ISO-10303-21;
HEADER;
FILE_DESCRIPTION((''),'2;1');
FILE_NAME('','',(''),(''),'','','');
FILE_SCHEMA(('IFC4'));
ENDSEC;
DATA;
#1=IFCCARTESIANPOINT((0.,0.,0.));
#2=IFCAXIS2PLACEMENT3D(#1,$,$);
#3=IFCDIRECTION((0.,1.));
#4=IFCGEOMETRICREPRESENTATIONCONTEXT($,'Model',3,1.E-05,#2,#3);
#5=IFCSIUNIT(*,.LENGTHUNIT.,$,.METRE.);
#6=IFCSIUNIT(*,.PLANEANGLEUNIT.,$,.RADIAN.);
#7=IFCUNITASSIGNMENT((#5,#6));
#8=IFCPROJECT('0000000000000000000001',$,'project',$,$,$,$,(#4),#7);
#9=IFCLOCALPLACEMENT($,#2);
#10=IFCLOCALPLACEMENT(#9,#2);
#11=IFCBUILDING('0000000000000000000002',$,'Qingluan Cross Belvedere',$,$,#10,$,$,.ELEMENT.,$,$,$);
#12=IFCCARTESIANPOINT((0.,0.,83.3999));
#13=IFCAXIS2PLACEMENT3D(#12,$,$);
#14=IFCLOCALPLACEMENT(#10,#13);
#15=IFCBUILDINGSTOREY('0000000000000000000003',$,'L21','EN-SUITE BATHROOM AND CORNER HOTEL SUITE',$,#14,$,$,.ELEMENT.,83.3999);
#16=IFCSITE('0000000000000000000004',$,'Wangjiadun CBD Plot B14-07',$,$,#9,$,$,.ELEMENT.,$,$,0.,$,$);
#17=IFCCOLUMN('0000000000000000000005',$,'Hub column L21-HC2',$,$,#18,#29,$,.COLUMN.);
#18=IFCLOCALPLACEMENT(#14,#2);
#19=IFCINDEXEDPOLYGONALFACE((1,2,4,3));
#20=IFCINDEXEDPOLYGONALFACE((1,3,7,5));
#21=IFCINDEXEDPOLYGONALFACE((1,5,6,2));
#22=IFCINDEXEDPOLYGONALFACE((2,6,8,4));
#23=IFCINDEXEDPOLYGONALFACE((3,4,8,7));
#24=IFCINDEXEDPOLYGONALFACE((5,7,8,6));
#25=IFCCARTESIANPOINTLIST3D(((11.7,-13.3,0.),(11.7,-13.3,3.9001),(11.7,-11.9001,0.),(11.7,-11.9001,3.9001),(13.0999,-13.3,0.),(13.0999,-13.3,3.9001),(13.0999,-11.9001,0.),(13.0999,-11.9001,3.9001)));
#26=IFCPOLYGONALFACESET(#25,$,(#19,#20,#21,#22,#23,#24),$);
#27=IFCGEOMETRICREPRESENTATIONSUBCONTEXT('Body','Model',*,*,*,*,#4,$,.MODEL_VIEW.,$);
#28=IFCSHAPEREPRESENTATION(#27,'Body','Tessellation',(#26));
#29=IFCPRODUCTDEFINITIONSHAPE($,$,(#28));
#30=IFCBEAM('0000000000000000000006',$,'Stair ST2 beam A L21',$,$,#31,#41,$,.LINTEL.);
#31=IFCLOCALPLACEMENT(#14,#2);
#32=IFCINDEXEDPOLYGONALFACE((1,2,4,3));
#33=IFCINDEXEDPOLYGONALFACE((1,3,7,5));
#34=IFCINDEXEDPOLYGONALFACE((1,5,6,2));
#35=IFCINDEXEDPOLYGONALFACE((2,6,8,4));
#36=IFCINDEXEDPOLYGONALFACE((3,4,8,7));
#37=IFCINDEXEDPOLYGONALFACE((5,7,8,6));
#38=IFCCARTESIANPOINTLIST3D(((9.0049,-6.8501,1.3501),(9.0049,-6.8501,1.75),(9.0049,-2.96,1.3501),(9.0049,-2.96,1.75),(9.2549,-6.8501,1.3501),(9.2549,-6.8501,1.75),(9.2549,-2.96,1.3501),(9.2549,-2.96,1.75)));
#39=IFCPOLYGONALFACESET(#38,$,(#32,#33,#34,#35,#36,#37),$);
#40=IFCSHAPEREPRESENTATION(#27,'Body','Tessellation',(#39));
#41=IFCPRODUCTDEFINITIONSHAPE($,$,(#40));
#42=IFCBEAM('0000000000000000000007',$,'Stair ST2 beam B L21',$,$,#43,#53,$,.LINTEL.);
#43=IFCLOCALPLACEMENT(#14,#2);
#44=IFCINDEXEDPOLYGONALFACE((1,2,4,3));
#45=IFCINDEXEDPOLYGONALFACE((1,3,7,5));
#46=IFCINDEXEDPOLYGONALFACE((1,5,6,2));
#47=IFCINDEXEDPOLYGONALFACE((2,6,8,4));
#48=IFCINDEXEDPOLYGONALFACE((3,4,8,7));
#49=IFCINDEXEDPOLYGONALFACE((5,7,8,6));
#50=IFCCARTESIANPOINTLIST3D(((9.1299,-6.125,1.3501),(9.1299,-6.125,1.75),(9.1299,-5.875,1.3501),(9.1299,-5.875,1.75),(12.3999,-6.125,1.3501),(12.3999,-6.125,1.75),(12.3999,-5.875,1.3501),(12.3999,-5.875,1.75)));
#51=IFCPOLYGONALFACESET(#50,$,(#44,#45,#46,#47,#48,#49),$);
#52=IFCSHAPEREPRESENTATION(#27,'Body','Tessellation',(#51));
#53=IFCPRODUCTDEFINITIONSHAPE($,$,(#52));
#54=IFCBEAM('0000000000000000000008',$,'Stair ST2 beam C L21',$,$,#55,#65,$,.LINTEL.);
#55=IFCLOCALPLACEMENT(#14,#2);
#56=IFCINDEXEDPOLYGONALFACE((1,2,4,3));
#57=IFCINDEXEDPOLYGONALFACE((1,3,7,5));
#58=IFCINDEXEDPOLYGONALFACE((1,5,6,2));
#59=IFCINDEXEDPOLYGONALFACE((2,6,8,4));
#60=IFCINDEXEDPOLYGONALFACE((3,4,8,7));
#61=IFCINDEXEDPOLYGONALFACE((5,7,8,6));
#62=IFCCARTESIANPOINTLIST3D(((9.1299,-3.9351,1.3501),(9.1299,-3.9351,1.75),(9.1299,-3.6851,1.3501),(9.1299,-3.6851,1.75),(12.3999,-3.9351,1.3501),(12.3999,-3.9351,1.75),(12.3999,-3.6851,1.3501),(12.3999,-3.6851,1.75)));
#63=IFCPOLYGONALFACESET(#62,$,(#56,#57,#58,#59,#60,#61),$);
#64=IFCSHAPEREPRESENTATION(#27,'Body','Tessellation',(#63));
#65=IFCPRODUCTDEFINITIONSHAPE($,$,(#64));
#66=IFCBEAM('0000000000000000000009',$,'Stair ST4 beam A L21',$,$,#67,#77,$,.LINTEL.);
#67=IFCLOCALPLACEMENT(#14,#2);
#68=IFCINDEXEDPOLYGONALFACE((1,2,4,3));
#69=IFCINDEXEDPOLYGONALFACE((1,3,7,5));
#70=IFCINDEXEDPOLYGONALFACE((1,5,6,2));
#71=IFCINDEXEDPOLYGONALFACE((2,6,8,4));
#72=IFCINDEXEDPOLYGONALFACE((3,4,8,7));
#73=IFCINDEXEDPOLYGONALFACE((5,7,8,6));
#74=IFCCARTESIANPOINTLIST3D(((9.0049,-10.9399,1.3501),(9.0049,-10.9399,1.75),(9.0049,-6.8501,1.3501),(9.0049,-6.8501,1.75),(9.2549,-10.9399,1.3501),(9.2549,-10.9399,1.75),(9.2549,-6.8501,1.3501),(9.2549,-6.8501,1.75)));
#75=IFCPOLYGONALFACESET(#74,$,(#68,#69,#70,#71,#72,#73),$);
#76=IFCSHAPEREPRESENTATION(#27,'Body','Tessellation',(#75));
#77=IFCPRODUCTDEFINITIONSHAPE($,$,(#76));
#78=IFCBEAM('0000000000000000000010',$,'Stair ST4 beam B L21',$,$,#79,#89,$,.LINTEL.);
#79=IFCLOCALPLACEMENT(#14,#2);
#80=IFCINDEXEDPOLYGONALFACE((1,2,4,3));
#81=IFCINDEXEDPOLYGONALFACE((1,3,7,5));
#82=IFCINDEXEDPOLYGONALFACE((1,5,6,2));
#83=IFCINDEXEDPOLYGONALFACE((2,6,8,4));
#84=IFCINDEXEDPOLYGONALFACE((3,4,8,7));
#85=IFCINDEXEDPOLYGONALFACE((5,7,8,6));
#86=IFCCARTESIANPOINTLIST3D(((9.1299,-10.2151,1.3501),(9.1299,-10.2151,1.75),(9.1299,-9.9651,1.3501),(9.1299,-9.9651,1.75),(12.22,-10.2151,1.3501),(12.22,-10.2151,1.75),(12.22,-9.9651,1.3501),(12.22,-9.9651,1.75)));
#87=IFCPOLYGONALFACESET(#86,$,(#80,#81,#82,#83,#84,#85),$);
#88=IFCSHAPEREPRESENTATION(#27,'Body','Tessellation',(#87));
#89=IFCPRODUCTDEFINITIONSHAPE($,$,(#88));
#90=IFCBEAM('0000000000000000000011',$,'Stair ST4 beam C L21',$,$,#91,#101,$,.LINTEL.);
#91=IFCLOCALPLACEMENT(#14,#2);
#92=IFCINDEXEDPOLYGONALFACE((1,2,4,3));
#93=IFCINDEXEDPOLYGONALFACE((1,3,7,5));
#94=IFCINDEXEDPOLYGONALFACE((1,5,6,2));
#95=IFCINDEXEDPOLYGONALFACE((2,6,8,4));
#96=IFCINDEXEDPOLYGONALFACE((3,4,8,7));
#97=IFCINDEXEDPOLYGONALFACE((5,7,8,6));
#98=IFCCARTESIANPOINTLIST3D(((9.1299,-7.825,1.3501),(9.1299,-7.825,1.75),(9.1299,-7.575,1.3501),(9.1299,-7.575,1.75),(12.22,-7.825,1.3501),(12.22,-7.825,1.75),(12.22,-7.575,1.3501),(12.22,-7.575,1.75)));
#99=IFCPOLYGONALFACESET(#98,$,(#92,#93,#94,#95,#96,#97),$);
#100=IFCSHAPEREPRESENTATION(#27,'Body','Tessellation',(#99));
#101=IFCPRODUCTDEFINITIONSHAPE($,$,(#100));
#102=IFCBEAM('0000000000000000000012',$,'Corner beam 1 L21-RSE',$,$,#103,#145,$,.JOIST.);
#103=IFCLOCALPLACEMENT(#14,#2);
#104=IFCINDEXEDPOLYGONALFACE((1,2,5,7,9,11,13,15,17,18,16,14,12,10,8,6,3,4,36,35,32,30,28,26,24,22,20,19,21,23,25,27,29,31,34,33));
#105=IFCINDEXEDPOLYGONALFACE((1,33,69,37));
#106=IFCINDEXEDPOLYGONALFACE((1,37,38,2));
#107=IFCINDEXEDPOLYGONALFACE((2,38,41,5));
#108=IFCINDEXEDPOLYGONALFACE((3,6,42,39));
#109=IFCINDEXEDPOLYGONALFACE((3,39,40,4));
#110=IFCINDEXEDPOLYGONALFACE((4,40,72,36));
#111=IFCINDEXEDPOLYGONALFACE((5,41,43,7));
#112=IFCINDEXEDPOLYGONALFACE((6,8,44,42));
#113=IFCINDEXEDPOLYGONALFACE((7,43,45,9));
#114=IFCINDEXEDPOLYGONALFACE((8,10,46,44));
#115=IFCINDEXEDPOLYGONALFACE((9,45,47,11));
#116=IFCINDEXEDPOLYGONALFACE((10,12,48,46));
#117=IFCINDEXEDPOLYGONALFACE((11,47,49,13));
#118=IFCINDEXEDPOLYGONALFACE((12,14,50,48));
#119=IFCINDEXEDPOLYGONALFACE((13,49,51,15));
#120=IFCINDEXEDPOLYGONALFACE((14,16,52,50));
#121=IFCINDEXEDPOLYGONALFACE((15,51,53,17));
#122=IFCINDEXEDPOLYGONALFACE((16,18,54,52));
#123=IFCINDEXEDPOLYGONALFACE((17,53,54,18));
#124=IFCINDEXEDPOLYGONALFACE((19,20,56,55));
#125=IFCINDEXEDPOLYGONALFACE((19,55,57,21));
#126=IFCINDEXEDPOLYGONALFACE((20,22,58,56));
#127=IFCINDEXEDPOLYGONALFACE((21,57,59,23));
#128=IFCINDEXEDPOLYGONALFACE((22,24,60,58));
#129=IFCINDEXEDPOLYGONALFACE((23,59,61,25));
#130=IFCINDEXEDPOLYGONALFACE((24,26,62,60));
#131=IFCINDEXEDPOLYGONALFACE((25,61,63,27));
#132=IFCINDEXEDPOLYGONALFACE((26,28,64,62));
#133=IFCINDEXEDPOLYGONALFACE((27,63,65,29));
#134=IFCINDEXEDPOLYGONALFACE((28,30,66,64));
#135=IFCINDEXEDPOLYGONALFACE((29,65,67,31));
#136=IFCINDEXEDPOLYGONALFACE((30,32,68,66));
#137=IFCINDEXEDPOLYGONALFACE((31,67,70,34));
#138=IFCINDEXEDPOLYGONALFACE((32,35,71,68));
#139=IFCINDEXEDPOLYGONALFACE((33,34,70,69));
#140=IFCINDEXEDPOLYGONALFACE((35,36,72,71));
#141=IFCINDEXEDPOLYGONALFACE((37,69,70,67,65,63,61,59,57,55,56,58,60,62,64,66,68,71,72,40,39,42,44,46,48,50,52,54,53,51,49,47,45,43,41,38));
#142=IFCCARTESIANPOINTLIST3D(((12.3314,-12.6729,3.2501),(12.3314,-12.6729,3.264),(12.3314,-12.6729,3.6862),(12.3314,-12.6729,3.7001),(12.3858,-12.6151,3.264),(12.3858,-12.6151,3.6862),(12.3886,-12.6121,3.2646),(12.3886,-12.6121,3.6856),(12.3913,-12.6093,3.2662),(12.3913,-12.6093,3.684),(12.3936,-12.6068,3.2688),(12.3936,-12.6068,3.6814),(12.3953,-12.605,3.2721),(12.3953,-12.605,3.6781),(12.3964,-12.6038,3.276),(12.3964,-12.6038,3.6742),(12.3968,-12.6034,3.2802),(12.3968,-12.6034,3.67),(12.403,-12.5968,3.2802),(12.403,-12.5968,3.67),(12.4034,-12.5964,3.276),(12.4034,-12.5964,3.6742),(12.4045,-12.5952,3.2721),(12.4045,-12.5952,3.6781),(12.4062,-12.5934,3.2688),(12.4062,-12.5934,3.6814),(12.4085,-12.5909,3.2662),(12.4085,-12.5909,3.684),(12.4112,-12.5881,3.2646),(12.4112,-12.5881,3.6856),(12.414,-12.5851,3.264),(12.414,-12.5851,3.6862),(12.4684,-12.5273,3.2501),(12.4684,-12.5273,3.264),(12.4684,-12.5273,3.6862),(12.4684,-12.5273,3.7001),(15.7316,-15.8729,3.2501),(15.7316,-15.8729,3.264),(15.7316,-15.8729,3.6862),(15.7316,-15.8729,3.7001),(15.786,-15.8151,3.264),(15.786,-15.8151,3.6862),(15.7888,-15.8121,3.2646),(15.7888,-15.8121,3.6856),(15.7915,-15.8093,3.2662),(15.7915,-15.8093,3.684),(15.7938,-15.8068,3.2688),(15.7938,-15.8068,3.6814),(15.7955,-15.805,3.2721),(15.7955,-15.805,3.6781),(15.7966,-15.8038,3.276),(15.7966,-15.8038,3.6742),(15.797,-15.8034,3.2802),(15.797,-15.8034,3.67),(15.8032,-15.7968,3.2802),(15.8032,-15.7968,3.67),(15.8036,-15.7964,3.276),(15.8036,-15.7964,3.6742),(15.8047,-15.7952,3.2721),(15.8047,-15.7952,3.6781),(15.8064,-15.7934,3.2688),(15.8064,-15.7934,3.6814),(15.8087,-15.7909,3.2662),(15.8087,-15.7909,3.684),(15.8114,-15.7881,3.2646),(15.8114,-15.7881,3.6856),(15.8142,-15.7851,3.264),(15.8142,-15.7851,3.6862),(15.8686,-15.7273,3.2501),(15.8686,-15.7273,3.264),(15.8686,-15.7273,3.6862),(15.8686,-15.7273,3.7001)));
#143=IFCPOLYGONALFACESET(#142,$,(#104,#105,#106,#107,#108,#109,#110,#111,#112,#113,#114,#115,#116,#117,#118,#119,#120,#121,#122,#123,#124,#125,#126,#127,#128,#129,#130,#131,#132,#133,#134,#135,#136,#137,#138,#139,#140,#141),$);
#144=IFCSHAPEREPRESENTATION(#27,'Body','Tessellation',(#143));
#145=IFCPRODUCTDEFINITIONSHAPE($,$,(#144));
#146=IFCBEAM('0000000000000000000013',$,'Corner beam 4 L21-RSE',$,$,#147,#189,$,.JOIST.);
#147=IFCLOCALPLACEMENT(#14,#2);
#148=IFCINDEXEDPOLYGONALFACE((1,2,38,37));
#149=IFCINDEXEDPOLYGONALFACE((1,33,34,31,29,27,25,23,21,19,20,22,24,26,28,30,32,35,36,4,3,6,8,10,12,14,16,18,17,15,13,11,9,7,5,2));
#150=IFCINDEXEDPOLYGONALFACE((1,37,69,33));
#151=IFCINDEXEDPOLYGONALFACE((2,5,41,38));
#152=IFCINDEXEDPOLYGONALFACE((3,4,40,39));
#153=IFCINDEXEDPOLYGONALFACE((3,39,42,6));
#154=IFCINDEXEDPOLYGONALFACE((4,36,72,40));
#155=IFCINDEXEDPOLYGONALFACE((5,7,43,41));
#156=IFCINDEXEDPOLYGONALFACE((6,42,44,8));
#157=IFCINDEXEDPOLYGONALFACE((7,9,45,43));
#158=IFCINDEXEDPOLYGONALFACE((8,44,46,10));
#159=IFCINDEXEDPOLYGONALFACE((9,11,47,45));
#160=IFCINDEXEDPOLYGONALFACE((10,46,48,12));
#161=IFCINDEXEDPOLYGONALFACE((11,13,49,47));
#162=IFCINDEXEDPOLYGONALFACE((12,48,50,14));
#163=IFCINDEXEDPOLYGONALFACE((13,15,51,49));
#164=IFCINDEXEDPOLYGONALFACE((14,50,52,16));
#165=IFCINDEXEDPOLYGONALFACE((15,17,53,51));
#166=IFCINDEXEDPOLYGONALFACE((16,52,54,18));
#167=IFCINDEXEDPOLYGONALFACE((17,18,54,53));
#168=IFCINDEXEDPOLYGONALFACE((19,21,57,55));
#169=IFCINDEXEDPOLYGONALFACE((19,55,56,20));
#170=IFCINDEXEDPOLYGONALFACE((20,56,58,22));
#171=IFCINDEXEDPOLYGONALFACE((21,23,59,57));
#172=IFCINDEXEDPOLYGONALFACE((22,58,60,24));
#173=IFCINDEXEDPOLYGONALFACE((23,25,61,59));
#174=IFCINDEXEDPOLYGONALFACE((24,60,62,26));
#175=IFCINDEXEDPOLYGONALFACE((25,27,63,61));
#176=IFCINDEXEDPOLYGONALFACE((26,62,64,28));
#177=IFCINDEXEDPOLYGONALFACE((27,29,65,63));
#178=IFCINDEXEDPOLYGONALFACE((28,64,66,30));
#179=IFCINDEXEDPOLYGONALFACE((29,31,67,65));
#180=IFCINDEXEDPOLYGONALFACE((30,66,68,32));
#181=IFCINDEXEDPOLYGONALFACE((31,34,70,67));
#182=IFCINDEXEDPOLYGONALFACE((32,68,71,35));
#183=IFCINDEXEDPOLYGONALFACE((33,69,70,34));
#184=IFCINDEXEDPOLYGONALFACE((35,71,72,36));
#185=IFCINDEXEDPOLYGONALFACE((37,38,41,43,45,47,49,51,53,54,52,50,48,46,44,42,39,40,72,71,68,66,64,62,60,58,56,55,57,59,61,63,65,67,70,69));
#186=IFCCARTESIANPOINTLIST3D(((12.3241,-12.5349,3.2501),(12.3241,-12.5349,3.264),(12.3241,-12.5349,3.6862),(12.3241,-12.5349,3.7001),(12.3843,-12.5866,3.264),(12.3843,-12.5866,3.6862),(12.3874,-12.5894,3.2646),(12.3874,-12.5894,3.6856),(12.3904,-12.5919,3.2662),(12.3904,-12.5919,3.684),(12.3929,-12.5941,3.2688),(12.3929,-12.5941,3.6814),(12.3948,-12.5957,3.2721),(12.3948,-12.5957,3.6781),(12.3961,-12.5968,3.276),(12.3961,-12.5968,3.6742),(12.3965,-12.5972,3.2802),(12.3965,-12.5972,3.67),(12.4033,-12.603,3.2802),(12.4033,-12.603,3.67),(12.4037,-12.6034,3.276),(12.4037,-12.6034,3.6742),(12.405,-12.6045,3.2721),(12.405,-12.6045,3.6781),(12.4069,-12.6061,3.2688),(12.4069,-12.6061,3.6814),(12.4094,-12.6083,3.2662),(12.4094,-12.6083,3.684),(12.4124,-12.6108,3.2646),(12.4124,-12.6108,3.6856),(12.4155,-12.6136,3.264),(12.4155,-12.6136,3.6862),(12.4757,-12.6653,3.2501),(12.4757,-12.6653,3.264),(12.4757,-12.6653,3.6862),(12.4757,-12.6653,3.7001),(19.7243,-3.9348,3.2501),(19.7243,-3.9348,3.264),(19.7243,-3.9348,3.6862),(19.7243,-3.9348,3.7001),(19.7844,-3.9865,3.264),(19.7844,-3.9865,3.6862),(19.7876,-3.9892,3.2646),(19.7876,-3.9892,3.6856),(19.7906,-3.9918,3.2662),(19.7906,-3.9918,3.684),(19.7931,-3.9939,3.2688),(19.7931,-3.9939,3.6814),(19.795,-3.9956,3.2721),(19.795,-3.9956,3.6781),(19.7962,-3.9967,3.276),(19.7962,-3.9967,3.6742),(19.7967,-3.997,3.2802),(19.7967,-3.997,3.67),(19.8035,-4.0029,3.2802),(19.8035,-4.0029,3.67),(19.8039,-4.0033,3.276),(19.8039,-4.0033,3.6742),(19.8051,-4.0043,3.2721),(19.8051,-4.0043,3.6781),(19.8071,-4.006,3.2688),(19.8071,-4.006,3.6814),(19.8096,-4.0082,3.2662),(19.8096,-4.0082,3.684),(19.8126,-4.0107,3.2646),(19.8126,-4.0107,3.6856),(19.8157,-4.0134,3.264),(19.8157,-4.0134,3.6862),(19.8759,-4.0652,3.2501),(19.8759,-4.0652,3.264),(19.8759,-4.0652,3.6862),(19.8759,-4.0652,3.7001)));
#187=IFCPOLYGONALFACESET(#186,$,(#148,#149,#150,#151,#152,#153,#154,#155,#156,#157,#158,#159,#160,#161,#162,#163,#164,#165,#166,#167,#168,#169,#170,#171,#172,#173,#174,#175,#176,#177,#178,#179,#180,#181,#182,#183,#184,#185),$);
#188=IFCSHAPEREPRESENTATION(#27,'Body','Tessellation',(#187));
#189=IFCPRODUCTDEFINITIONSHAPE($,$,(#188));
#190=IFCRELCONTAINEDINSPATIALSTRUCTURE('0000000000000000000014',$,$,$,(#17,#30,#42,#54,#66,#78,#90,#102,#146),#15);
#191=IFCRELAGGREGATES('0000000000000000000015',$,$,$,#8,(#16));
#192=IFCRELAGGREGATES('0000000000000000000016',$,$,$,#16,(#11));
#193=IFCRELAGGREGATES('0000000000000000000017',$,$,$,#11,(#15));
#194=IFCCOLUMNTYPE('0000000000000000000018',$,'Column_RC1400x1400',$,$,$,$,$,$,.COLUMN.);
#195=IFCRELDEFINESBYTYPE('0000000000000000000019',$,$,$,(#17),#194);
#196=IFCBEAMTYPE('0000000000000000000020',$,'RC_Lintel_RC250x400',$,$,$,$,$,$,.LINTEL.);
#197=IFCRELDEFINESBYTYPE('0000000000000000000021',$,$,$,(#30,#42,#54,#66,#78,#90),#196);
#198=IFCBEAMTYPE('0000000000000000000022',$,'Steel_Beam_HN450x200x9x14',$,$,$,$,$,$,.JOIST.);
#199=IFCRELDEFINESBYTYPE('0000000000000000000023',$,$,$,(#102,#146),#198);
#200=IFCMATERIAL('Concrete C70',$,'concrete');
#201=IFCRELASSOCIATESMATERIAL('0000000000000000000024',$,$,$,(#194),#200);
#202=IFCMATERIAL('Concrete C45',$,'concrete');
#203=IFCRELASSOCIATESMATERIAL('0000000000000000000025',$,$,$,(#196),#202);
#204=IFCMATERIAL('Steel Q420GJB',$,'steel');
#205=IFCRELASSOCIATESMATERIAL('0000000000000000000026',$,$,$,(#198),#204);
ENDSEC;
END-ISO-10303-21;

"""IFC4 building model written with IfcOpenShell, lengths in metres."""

from ifc_helpers import new_model, si_unit, direction, frame, origin, origin_2d, place, context, subcontext, project, spatial, rectangle, i_section, extrude, material, material_profile, profile_set, type_object, element, save


model = new_model("IFC4")

# Units and contexts
model_context = context("Model", 3, precision=1e-05, world=origin(), true_north=direction((0.0, 1.0)))
body_context = subcontext(model_context, "Body", "Model", "MODEL_VIEW")
ifc_project = project(units=[si_unit("LENGTHUNIT", "METRE"), si_unit("PLANEANGLEUNIT", "RADIAN")], contexts=[model_context])

# Site, building, storey
site_placement = place(None, origin())
site = spatial("IfcSite", under=ifc_project, at=site_placement, Name="Wangjiadun CBD Plot B14-07", CompositionType="ELEMENT", RefElevation=0.0)
building_placement = place(site_placement, origin())
building = spatial("IfcBuilding", under=site, at=building_placement, Name="Qingluan Cross Belvedere", CompositionType="ELEMENT")
storey_placement = place(building_placement, frame((0.0, 0.0, 83.3999)))
storey = spatial("IfcBuildingStorey", under=building, at=storey_placement, Name="L21", Description="EN-SUITE BATHROOM AND CORNER HOTEL SUITE", CompositionType="ELEMENT", Elevation=83.3999)

# Column
ifc_material_1 = material(Name="Concrete C70", Category="concrete")
ifc_material_profile_1 = material_profile(ifc_material_1, rectangle(XDim=1.3999, YDim=1.3999, at=origin_2d()), Name="RC1400x1400")
ifc_profile_set_1 = profile_set([ifc_material_profile_1], Name="Concrete C70")
column_type = type_object("IfcColumnType", Name="Column_RC1400x1400", PredefinedType="COLUMN", material=ifc_profile_set_1)
column_placement = place(storey_placement, frame((12.3999, -12.6001, 0.0), z_axis=(0.0, 0.0, 1.0), x_axis=(1.0, 0.0, 0.0)))
element("IfcColumn", 1, at=column_placement, inside=storey, type_object=column_type, Name="Hub column L21-HC2", PredefinedType="COLUMN", context=body_context, shape_type="SweptSolid", body=[
    extrude(rectangle(XDim=1.3999, YDim=1.3999, at=origin_2d()), origin(), (0.0, 0.0, 1.0), 3.9001),
])

# Beams
ifc_material_2 = material(Name="Concrete C45", Category="concrete")
ifc_material_profile_2 = material_profile(ifc_material_2, rectangle(XDim=0.25, YDim=0.3999, at=origin_2d()), Name="RC250x400")
ifc_profile_set_2 = profile_set([ifc_material_profile_2], Name="Concrete C45")
beam_type_1 = type_object("IfcBeamType", Name="RC_Lintel_RC250x400", PredefinedType="LINTEL", material=ifc_profile_set_2)
beam_1_placement = place(storey_placement, frame((9.1299, -6.8501, 1.55), z_axis=(0.0, 1.0, 0.0), x_axis=(-1.0, 0.0, 0.0)))
element("IfcBeam", 2, at=beam_1_placement, inside=storey, type_object=beam_type_1, Name="Stair ST2 beam A L21", PredefinedType="LINTEL", context=body_context, shape_type="SweptSolid", body=[
    extrude(rectangle(XDim=0.25, YDim=0.3999, at=origin_2d()), origin(), (0.0, 0.0, 1.0), 3.8901),
])
for number, where, z_axis, x_axis, name in (
    (3, (12.3999, -6.0, 1.55), (-1.0, 0.0, 0.0), (0.0, -1.0, 0.0), "Stair ST2 beam B L21"),
    (4, (12.3999, -3.8101, 1.55), (-1.0, 0.0, 0.0), (0.0, -1.0, 0.0), "Stair ST2 beam C L21"),
):
    element("IfcBeam", number, at=place(storey_placement, frame(where, z_axis=z_axis, x_axis=x_axis)), inside=storey, type_object=beam_type_1, Name=name, PredefinedType="LINTEL", context=body_context, shape_type="SweptSolid", body=[
        extrude(rectangle(XDim=0.25, YDim=0.3999, at=origin_2d()), origin(), (0.0, 0.0, 1.0), 3.27),
    ])
beam_2_placement = place(storey_placement, frame((9.1299, -10.9399, 1.55), z_axis=(0.0, 1.0, 0.0), x_axis=(-1.0, 0.0, 0.0)))
element("IfcBeam", 5, at=beam_2_placement, inside=storey, type_object=beam_type_1, Name="Stair ST4 beam A L21", PredefinedType="LINTEL", context=body_context, shape_type="SweptSolid", body=[
    extrude(rectangle(XDim=0.25, YDim=0.3999, at=origin_2d()), origin(), (0.0, 0.0, 1.0), 4.0898),
])
for number, where, z_axis, x_axis, name in (
    (6, (12.22, -10.0901, 1.55), (-1.0, 0.0, 0.0), (0.0, -1.0, 0.0), "Stair ST4 beam B L21"),
    (7, (12.22, -7.7, 1.55), (-1.0, 0.0, 0.0), (0.0, -1.0, 0.0), "Stair ST4 beam C L21"),
):
    element("IfcBeam", number, at=place(storey_placement, frame(where, z_axis=z_axis, x_axis=x_axis)), inside=storey, type_object=beam_type_1, Name=name, PredefinedType="LINTEL", context=body_context, shape_type="SweptSolid", body=[
        extrude(rectangle(XDim=0.25, YDim=0.3999, at=origin_2d()), origin(), (0.0, 0.0, 1.0), 3.0901),
    ])
ifc_material_3 = material(Name="Steel Q420GJB", Category="steel")
ifc_material_profile_3 = material_profile(ifc_material_3, i_section(OverallWidth=0.2, OverallDepth=0.45, WebThickness=0.009, FlangeThickness=0.0139, FilletRadius=0.0161, at=origin_2d()), Name="HN450x200x9x14")
ifc_profile_set_3 = profile_set([ifc_material_profile_3], Name="Steel Q420GJB")
beam_type_2 = type_object("IfcBeamType", Name="Steel_Beam_HN450x200x9x14", PredefinedType="JOIST", material=ifc_profile_set_3)
beam_3_placement = place(storey_placement, frame((12.3999, -12.6001, 3.4751), z_axis=(0.72822, -0.685343, 0.0), x_axis=(0.685343, 0.72822, 0.0)))
element("IfcBeam", 8, at=beam_3_placement, inside=storey, type_object=beam_type_2, Name="Corner beam 1 L21-RSE", PredefinedType="JOIST", context=body_context, shape_type="SweptSolid", body=[
    extrude(i_section(OverallWidth=0.2, OverallDepth=0.45, WebThickness=0.009, FlangeThickness=0.0139, FilletRadius=0.0161, at=origin_2d()), origin(), (0.0, 0.0, 1.0), 4.6692),
])
beam_4_placement = place(storey_placement, frame((12.3999, -12.6001, 3.4751), z_axis=(0.652245, 0.758008, 0.0), x_axis=(-0.758008, 0.652245, 0.0)))
element("IfcBeam", 9, at=beam_4_placement, inside=storey, type_object=beam_type_2, Name="Corner beam 4 L21-RSE", PredefinedType="JOIST", context=body_context, shape_type="SweptSolid", body=[
    extrude(i_section(OverallWidth=0.2, OverallDepth=0.45, WebThickness=0.009, FlangeThickness=0.0139, FilletRadius=0.0161, at=origin_2d()), origin(), (0.0, 0.0, 1.0), 11.3457),
])

save(model, "model.ifc")
